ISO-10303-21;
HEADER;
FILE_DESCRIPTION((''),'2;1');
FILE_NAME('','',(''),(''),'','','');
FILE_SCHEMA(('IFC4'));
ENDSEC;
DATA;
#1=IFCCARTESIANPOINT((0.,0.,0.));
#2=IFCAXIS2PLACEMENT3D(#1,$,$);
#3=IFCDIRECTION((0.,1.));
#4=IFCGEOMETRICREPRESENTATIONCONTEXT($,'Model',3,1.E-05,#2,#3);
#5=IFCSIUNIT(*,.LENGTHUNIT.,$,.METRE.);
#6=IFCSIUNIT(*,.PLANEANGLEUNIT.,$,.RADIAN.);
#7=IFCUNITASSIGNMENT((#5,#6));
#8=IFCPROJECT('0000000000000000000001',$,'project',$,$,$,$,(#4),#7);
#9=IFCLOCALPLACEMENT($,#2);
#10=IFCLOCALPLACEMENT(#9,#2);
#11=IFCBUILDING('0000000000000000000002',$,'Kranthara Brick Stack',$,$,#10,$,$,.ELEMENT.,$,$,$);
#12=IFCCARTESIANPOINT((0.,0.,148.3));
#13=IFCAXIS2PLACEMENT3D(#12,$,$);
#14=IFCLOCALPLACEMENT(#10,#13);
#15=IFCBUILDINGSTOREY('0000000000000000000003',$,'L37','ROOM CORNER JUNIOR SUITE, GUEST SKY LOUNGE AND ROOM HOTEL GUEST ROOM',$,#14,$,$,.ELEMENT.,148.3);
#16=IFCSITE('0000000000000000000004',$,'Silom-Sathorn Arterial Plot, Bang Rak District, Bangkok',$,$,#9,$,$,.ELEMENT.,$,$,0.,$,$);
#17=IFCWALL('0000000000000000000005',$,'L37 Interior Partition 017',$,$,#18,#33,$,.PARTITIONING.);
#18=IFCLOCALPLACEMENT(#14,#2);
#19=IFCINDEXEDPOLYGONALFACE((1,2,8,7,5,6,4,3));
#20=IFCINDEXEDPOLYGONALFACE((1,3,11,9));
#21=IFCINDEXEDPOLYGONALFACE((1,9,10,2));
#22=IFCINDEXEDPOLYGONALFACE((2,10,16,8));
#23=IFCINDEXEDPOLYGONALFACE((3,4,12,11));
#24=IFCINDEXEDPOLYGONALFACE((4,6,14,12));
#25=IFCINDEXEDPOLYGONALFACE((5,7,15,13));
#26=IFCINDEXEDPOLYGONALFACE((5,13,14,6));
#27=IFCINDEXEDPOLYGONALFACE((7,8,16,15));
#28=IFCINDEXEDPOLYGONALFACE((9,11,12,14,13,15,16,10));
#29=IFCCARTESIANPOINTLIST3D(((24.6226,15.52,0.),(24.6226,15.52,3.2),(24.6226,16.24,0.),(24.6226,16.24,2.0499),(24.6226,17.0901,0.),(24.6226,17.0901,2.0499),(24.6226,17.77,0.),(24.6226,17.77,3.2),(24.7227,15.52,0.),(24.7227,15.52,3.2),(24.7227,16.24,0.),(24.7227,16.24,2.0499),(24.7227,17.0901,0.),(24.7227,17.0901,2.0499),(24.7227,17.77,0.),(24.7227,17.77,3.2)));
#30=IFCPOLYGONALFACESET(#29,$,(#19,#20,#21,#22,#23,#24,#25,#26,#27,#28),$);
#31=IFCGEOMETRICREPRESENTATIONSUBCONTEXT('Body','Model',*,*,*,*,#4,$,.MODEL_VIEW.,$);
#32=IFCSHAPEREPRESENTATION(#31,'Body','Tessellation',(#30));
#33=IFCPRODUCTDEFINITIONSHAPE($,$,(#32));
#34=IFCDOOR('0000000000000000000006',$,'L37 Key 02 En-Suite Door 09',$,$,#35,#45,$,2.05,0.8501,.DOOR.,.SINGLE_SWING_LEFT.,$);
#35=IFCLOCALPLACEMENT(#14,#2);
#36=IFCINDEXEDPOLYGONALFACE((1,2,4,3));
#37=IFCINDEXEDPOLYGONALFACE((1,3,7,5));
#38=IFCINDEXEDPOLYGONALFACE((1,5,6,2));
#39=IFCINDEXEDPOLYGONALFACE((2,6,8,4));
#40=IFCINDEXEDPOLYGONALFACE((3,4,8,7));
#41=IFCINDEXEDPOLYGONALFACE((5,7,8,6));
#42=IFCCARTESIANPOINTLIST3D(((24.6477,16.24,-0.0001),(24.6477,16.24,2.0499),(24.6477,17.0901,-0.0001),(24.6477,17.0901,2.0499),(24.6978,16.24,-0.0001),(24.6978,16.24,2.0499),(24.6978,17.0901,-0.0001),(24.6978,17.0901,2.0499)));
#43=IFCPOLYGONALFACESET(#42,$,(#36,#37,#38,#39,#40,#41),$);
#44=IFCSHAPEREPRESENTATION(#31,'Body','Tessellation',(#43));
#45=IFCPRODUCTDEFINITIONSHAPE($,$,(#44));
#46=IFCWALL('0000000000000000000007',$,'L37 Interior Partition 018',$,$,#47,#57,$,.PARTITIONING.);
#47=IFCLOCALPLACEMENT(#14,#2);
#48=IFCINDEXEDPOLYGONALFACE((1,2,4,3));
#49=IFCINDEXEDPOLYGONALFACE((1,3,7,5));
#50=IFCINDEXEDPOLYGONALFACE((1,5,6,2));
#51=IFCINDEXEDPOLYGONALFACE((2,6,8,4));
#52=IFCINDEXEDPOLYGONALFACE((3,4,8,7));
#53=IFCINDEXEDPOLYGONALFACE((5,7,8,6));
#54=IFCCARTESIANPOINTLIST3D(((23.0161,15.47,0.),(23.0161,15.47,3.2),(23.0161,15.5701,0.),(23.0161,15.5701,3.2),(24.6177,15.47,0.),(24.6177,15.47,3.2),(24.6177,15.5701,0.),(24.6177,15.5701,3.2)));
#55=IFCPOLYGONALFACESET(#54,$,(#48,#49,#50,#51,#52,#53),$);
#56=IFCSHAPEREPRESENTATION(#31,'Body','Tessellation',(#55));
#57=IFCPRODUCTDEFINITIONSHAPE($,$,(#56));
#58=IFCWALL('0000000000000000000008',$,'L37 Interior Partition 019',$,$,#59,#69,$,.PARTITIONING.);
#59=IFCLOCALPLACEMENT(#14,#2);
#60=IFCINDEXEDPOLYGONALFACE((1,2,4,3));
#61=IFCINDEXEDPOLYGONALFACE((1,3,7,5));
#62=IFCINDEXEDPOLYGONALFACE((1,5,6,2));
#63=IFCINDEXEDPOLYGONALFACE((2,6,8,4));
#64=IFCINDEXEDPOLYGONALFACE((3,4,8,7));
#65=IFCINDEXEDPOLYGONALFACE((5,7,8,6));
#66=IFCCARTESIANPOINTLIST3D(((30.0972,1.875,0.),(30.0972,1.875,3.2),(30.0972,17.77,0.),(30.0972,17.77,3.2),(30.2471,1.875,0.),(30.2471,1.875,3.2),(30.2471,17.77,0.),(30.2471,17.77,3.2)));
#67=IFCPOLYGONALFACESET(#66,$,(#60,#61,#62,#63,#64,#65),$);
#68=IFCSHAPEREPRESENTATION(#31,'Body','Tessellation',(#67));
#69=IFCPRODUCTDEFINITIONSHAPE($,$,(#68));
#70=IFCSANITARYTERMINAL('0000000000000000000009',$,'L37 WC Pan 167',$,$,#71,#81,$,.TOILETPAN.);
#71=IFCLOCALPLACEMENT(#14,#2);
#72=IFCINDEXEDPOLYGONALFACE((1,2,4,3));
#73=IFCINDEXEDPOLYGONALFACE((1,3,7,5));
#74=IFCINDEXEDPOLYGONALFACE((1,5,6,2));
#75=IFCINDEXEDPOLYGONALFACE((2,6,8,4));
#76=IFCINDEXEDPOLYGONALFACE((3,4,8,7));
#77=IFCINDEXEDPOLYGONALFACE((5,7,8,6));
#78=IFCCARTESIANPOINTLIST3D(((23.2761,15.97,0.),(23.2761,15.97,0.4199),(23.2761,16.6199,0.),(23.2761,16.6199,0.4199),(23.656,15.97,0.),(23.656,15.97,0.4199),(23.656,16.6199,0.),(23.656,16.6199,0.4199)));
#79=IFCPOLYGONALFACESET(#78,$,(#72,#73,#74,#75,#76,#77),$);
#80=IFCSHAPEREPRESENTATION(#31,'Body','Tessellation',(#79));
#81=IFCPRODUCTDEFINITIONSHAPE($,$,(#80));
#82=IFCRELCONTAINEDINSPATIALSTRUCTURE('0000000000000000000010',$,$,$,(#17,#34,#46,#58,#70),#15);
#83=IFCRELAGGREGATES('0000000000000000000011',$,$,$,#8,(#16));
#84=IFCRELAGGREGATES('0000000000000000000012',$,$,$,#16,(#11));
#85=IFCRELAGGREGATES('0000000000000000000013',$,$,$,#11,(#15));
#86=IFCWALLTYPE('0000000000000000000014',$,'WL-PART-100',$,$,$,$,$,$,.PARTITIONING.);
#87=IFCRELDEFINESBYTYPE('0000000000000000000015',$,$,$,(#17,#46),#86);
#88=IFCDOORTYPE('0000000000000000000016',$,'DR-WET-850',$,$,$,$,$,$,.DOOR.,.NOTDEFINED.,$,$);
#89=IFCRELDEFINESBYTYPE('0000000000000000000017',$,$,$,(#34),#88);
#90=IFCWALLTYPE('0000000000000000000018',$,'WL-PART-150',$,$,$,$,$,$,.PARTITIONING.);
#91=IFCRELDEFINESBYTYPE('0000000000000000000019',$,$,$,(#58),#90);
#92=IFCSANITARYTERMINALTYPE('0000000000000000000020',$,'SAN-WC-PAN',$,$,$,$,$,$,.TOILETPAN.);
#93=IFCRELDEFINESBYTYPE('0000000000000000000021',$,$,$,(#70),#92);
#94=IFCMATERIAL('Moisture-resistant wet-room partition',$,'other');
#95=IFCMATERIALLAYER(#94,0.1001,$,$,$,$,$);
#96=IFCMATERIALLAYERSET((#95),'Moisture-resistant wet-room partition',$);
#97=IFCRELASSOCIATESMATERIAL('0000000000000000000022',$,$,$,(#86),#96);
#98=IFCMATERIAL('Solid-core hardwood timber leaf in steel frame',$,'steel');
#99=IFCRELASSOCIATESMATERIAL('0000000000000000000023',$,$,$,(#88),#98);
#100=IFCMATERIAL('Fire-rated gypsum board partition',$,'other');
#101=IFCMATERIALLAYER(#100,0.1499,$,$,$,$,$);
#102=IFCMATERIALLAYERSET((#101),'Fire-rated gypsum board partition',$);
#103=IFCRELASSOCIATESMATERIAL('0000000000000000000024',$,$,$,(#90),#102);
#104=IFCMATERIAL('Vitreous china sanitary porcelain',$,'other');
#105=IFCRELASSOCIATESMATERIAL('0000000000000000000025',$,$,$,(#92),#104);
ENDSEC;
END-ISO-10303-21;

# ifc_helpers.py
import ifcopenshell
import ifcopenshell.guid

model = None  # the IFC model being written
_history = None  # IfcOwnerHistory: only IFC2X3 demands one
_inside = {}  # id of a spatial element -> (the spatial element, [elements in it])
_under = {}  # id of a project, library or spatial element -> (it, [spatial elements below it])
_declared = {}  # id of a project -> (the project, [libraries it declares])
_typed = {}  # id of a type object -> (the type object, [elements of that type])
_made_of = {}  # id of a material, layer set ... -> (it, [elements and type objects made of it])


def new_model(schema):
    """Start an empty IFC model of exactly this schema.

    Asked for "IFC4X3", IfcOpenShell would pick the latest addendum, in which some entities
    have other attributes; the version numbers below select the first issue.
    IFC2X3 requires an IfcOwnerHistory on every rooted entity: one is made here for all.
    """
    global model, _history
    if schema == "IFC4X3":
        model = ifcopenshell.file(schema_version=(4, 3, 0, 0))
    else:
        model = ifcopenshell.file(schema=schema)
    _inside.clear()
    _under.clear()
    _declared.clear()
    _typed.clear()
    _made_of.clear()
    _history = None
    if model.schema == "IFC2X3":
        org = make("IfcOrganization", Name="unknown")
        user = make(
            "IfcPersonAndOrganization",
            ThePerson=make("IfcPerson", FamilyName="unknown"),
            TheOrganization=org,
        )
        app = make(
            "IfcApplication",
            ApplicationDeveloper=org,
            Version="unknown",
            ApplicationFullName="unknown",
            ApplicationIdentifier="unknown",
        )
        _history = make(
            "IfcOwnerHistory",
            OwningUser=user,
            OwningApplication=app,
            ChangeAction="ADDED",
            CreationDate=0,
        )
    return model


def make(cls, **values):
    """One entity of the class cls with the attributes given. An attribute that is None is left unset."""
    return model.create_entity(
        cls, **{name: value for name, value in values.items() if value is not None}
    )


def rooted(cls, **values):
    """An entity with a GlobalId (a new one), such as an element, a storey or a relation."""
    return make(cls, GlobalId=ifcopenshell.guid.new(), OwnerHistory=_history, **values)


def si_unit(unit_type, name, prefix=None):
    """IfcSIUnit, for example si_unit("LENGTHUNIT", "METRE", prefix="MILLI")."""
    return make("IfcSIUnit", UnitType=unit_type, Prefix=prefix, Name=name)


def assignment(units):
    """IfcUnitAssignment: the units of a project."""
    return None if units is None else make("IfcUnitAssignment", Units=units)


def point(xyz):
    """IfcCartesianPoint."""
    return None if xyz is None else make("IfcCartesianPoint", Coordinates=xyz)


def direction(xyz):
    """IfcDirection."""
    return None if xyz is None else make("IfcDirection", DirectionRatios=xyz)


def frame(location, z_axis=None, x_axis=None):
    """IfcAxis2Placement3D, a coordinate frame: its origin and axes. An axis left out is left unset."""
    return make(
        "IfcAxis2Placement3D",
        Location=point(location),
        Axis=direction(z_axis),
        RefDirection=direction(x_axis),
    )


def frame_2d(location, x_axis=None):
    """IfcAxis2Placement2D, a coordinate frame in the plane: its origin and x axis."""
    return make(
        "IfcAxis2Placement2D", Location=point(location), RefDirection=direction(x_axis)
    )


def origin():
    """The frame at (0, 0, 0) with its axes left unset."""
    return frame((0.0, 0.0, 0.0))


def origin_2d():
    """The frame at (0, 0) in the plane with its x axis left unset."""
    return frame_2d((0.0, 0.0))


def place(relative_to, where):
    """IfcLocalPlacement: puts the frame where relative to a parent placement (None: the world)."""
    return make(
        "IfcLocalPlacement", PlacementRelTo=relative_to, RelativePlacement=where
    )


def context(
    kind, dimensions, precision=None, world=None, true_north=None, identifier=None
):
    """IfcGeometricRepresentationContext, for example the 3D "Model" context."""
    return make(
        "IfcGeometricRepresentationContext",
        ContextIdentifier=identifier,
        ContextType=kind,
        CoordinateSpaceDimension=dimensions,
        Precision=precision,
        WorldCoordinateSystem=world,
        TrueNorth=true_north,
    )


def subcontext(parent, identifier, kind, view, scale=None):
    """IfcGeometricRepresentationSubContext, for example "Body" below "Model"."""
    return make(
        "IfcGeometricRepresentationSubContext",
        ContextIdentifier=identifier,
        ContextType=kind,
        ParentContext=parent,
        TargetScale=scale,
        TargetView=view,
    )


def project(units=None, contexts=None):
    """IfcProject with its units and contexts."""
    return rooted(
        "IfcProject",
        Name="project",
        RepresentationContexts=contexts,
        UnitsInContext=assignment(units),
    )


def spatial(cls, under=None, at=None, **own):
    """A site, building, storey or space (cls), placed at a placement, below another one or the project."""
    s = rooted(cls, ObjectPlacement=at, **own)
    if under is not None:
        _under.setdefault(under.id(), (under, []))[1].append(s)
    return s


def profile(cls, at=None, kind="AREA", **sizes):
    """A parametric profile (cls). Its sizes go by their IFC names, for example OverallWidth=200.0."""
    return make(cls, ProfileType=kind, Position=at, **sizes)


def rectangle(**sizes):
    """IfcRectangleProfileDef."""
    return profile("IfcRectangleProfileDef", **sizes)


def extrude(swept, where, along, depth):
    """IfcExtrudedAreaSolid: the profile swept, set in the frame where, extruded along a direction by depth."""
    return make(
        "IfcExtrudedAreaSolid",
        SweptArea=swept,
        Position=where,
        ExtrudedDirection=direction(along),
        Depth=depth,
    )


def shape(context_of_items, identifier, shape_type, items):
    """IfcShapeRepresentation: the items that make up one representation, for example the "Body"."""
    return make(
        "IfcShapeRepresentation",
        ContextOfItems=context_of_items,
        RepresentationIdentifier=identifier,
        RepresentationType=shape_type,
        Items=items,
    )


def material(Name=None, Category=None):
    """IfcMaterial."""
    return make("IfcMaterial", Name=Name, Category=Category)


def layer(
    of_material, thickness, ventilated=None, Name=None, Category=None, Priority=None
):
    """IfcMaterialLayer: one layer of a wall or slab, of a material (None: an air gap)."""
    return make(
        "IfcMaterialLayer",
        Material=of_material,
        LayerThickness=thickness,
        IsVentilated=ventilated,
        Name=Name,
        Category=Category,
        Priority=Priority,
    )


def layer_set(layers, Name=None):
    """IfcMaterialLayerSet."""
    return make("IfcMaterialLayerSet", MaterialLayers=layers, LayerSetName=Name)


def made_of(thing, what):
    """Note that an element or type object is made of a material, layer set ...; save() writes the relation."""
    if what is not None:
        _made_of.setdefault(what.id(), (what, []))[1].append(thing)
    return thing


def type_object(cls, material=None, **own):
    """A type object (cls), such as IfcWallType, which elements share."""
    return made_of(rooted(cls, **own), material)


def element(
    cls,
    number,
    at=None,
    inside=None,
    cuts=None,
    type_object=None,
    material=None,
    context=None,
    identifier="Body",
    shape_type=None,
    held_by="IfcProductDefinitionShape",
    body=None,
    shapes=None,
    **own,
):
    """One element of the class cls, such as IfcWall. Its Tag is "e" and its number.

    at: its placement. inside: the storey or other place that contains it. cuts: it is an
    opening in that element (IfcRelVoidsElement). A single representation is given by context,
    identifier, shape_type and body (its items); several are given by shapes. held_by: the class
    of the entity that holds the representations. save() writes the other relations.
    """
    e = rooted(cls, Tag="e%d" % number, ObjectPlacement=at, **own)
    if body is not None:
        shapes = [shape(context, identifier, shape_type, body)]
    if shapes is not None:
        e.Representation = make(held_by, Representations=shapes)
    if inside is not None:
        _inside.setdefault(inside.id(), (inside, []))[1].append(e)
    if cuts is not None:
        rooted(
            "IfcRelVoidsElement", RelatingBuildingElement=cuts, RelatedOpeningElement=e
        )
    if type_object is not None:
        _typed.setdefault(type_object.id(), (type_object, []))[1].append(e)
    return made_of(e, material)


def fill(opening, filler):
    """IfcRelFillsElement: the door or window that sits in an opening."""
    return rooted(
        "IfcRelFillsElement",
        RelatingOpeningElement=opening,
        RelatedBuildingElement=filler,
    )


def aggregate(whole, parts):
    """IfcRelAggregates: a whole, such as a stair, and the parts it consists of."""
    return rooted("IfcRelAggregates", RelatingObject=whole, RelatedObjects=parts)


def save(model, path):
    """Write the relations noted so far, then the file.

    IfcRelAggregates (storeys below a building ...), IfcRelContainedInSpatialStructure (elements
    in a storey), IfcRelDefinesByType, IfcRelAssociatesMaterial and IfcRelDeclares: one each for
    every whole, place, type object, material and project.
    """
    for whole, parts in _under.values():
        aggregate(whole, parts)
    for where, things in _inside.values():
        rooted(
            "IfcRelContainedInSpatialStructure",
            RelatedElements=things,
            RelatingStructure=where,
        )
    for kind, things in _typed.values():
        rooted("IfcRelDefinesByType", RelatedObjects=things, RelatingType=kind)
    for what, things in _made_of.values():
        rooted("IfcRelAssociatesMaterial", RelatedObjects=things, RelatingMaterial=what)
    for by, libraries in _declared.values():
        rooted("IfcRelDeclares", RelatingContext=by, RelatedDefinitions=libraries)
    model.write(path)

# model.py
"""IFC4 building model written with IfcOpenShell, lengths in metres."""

from ifc_helpers import new_model, si_unit, direction, frame, frame_2d, origin, origin_2d, place, context, subcontext, project, spatial, rectangle, extrude, material, layer, layer_set, type_object, element, fill, save


model = new_model("IFC4")

# Units and contexts
model_context = context("Model", 3, precision=1e-05, world=origin(), true_north=direction((0.0, 1.0)))
body_context = subcontext(model_context, "Body", "Model", "MODEL_VIEW")
ifc_project = project(units=[si_unit("LENGTHUNIT", "METRE"), si_unit("PLANEANGLEUNIT", "RADIAN")], contexts=[model_context])

# Site, building, storey
site_placement = place(None, origin())
site = spatial("IfcSite", under=ifc_project, at=site_placement, Name="Silom-Sathorn Arterial Plot, Bang Rak District, Bangkok", CompositionType="ELEMENT", RefElevation=0.0)
building_placement = place(site_placement, origin())
building = spatial("IfcBuilding", under=site, at=building_placement, Name="Kranthara Brick Stack", CompositionType="ELEMENT")
storey_placement = place(building_placement, frame((0.0, 0.0, 148.3)))
storey = spatial("IfcBuildingStorey", under=building, at=storey_placement, Name="L37", Description="ROOM CORNER JUNIOR SUITE, GUEST SKY LOUNGE AND ROOM HOTEL GUEST ROOM", CompositionType="ELEMENT", Elevation=148.3)

# Wall, opening, door
ifc_material_1 = material(Name="Moisture-resistant wet-room partition", Category="other")
ifc_layer_1 = layer(ifc_material_1, 0.1001)
ifc_layer_set_1 = layer_set([ifc_layer_1], Name="Moisture-resistant wet-room partition")
wall_type_1 = type_object("IfcWallType", Name="WL-PART-100", PredefinedType="PARTITIONING", material=ifc_layer_set_1)
wall_1_placement = place(storey_placement, frame((24.6726, 15.52, 0.0), z_axis=(0.0, 0.0, 1.0), x_axis=(0.0, 1.0, 0.0)))
wall_1 = element("IfcWall", 1, at=wall_1_placement, inside=storey, type_object=wall_type_1, Name="L37 Interior Partition 017", PredefinedType="PARTITIONING", context=body_context, shape_type="SweptSolid", body=[
    extrude(rectangle(XDim=2.25, YDim=0.1001, at=frame_2d((1.125, 0.0))), origin(), (0.0, 0.0, 1.0), 3.2),
])
opening_placement = place(wall_1_placement, frame((0.72, 0.0, 0.0)))
opening = element("IfcOpeningElement", 2, at=opening_placement, cuts=wall_1, PredefinedType="OPENING", context=body_context, shape_type="SweptSolid", body=[
    extrude(rectangle(XDim=0.8501, YDim=2.05, at=frame_2d((0.425, 1.0249))), frame((0.0, 0.0601, 0.0), z_axis=(0.0, -1.0, 0.0), x_axis=(1.0, 0.0, 0.0)), (0.0, 0.0, 1.0), 0.1201),
])
ifc_material_2 = material(Name="Solid-core hardwood timber leaf in steel frame", Category="steel")
door_type = type_object("IfcDoorType", Name="DR-WET-850", OperationType="NOTDEFINED", PredefinedType="DOOR", material=ifc_material_2)
door_placement = place(opening_placement, origin())
door = element("IfcDoor", 3, at=door_placement, inside=storey, type_object=door_type, Name="L37 Key 02 En-Suite Door 09", OperationType="SINGLE_SWING_LEFT", OverallHeight=2.05, OverallWidth=0.8501, PredefinedType="DOOR", context=body_context, shape_type="SweptSolid", body=[
    extrude(rectangle(XDim=0.8501, YDim=2.05, at=frame_2d((0.425, 1.0249))), frame((0.0, 0.0249, 0.0), z_axis=(0.0, -1.0, 0.0), x_axis=(1.0, 0.0, 0.0)), (0.0, 0.0, 1.0), 0.05),
])
fill(opening, door)

# Walls
wall_2_placement = place(storey_placement, frame((23.0161, 15.52, 0.0), z_axis=(0.0, 0.0, 1.0), x_axis=(1.0, 0.0, 0.0)))
element("IfcWall", 4, at=wall_2_placement, inside=storey, type_object=wall_type_1, Name="L37 Interior Partition 018", PredefinedType="PARTITIONING", context=body_context, shape_type="SweptSolid", body=[
    extrude(rectangle(XDim=1.6016, YDim=0.1001, at=frame_2d((0.8008, 0.0))), origin(), (0.0, 0.0, 1.0), 3.2),
])
ifc_material_3 = material(Name="Fire-rated gypsum board partition", Category="other")
ifc_layer_2 = layer(ifc_material_3, 0.1499)
ifc_layer_set_2 = layer_set([ifc_layer_2], Name="Fire-rated gypsum board partition")
wall_type_2 = type_object("IfcWallType", Name="WL-PART-150", PredefinedType="PARTITIONING", material=ifc_layer_set_2)
wall_3_placement = place(storey_placement, frame((30.1721, 1.875, 0.0), z_axis=(0.0, 0.0, 1.0), x_axis=(0.0, 1.0, 0.0)))
element("IfcWall", 5, at=wall_3_placement, inside=storey, type_object=wall_type_2, Name="L37 Interior Partition 019", PredefinedType="PARTITIONING", context=body_context, shape_type="SweptSolid", body=[
    extrude(rectangle(XDim=15.895, YDim=0.1499, at=frame_2d((7.9475, 0.0))), origin(), (0.0, 0.0, 1.0), 3.2),
])

# Sanitary terminal
ifc_material_4 = material(Name="Vitreous china sanitary porcelain", Category="other")
sanitary_terminal_type = type_object("IfcSanitaryTerminalType", Name="SAN-WC-PAN", PredefinedType="TOILETPAN", material=ifc_material_4)
sanitary_terminal_placement = place(storey_placement, frame((23.4661, 16.2949, 0.0), z_axis=(0.0, 0.0, 1.0), x_axis=(1.0, 0.0, 0.0)))
element("IfcSanitaryTerminal", 6, at=sanitary_terminal_placement, inside=storey, type_object=sanitary_terminal_type, Name="L37 WC Pan 167", PredefinedType="TOILETPAN", context=body_context, shape_type="SweptSolid", body=[
    extrude(rectangle(XDim=0.3799, YDim=0.6499, at=origin_2d()), origin(), (0.0, 0.0, 1.0), 0.4199),
])

save(model, "model.ifc")
